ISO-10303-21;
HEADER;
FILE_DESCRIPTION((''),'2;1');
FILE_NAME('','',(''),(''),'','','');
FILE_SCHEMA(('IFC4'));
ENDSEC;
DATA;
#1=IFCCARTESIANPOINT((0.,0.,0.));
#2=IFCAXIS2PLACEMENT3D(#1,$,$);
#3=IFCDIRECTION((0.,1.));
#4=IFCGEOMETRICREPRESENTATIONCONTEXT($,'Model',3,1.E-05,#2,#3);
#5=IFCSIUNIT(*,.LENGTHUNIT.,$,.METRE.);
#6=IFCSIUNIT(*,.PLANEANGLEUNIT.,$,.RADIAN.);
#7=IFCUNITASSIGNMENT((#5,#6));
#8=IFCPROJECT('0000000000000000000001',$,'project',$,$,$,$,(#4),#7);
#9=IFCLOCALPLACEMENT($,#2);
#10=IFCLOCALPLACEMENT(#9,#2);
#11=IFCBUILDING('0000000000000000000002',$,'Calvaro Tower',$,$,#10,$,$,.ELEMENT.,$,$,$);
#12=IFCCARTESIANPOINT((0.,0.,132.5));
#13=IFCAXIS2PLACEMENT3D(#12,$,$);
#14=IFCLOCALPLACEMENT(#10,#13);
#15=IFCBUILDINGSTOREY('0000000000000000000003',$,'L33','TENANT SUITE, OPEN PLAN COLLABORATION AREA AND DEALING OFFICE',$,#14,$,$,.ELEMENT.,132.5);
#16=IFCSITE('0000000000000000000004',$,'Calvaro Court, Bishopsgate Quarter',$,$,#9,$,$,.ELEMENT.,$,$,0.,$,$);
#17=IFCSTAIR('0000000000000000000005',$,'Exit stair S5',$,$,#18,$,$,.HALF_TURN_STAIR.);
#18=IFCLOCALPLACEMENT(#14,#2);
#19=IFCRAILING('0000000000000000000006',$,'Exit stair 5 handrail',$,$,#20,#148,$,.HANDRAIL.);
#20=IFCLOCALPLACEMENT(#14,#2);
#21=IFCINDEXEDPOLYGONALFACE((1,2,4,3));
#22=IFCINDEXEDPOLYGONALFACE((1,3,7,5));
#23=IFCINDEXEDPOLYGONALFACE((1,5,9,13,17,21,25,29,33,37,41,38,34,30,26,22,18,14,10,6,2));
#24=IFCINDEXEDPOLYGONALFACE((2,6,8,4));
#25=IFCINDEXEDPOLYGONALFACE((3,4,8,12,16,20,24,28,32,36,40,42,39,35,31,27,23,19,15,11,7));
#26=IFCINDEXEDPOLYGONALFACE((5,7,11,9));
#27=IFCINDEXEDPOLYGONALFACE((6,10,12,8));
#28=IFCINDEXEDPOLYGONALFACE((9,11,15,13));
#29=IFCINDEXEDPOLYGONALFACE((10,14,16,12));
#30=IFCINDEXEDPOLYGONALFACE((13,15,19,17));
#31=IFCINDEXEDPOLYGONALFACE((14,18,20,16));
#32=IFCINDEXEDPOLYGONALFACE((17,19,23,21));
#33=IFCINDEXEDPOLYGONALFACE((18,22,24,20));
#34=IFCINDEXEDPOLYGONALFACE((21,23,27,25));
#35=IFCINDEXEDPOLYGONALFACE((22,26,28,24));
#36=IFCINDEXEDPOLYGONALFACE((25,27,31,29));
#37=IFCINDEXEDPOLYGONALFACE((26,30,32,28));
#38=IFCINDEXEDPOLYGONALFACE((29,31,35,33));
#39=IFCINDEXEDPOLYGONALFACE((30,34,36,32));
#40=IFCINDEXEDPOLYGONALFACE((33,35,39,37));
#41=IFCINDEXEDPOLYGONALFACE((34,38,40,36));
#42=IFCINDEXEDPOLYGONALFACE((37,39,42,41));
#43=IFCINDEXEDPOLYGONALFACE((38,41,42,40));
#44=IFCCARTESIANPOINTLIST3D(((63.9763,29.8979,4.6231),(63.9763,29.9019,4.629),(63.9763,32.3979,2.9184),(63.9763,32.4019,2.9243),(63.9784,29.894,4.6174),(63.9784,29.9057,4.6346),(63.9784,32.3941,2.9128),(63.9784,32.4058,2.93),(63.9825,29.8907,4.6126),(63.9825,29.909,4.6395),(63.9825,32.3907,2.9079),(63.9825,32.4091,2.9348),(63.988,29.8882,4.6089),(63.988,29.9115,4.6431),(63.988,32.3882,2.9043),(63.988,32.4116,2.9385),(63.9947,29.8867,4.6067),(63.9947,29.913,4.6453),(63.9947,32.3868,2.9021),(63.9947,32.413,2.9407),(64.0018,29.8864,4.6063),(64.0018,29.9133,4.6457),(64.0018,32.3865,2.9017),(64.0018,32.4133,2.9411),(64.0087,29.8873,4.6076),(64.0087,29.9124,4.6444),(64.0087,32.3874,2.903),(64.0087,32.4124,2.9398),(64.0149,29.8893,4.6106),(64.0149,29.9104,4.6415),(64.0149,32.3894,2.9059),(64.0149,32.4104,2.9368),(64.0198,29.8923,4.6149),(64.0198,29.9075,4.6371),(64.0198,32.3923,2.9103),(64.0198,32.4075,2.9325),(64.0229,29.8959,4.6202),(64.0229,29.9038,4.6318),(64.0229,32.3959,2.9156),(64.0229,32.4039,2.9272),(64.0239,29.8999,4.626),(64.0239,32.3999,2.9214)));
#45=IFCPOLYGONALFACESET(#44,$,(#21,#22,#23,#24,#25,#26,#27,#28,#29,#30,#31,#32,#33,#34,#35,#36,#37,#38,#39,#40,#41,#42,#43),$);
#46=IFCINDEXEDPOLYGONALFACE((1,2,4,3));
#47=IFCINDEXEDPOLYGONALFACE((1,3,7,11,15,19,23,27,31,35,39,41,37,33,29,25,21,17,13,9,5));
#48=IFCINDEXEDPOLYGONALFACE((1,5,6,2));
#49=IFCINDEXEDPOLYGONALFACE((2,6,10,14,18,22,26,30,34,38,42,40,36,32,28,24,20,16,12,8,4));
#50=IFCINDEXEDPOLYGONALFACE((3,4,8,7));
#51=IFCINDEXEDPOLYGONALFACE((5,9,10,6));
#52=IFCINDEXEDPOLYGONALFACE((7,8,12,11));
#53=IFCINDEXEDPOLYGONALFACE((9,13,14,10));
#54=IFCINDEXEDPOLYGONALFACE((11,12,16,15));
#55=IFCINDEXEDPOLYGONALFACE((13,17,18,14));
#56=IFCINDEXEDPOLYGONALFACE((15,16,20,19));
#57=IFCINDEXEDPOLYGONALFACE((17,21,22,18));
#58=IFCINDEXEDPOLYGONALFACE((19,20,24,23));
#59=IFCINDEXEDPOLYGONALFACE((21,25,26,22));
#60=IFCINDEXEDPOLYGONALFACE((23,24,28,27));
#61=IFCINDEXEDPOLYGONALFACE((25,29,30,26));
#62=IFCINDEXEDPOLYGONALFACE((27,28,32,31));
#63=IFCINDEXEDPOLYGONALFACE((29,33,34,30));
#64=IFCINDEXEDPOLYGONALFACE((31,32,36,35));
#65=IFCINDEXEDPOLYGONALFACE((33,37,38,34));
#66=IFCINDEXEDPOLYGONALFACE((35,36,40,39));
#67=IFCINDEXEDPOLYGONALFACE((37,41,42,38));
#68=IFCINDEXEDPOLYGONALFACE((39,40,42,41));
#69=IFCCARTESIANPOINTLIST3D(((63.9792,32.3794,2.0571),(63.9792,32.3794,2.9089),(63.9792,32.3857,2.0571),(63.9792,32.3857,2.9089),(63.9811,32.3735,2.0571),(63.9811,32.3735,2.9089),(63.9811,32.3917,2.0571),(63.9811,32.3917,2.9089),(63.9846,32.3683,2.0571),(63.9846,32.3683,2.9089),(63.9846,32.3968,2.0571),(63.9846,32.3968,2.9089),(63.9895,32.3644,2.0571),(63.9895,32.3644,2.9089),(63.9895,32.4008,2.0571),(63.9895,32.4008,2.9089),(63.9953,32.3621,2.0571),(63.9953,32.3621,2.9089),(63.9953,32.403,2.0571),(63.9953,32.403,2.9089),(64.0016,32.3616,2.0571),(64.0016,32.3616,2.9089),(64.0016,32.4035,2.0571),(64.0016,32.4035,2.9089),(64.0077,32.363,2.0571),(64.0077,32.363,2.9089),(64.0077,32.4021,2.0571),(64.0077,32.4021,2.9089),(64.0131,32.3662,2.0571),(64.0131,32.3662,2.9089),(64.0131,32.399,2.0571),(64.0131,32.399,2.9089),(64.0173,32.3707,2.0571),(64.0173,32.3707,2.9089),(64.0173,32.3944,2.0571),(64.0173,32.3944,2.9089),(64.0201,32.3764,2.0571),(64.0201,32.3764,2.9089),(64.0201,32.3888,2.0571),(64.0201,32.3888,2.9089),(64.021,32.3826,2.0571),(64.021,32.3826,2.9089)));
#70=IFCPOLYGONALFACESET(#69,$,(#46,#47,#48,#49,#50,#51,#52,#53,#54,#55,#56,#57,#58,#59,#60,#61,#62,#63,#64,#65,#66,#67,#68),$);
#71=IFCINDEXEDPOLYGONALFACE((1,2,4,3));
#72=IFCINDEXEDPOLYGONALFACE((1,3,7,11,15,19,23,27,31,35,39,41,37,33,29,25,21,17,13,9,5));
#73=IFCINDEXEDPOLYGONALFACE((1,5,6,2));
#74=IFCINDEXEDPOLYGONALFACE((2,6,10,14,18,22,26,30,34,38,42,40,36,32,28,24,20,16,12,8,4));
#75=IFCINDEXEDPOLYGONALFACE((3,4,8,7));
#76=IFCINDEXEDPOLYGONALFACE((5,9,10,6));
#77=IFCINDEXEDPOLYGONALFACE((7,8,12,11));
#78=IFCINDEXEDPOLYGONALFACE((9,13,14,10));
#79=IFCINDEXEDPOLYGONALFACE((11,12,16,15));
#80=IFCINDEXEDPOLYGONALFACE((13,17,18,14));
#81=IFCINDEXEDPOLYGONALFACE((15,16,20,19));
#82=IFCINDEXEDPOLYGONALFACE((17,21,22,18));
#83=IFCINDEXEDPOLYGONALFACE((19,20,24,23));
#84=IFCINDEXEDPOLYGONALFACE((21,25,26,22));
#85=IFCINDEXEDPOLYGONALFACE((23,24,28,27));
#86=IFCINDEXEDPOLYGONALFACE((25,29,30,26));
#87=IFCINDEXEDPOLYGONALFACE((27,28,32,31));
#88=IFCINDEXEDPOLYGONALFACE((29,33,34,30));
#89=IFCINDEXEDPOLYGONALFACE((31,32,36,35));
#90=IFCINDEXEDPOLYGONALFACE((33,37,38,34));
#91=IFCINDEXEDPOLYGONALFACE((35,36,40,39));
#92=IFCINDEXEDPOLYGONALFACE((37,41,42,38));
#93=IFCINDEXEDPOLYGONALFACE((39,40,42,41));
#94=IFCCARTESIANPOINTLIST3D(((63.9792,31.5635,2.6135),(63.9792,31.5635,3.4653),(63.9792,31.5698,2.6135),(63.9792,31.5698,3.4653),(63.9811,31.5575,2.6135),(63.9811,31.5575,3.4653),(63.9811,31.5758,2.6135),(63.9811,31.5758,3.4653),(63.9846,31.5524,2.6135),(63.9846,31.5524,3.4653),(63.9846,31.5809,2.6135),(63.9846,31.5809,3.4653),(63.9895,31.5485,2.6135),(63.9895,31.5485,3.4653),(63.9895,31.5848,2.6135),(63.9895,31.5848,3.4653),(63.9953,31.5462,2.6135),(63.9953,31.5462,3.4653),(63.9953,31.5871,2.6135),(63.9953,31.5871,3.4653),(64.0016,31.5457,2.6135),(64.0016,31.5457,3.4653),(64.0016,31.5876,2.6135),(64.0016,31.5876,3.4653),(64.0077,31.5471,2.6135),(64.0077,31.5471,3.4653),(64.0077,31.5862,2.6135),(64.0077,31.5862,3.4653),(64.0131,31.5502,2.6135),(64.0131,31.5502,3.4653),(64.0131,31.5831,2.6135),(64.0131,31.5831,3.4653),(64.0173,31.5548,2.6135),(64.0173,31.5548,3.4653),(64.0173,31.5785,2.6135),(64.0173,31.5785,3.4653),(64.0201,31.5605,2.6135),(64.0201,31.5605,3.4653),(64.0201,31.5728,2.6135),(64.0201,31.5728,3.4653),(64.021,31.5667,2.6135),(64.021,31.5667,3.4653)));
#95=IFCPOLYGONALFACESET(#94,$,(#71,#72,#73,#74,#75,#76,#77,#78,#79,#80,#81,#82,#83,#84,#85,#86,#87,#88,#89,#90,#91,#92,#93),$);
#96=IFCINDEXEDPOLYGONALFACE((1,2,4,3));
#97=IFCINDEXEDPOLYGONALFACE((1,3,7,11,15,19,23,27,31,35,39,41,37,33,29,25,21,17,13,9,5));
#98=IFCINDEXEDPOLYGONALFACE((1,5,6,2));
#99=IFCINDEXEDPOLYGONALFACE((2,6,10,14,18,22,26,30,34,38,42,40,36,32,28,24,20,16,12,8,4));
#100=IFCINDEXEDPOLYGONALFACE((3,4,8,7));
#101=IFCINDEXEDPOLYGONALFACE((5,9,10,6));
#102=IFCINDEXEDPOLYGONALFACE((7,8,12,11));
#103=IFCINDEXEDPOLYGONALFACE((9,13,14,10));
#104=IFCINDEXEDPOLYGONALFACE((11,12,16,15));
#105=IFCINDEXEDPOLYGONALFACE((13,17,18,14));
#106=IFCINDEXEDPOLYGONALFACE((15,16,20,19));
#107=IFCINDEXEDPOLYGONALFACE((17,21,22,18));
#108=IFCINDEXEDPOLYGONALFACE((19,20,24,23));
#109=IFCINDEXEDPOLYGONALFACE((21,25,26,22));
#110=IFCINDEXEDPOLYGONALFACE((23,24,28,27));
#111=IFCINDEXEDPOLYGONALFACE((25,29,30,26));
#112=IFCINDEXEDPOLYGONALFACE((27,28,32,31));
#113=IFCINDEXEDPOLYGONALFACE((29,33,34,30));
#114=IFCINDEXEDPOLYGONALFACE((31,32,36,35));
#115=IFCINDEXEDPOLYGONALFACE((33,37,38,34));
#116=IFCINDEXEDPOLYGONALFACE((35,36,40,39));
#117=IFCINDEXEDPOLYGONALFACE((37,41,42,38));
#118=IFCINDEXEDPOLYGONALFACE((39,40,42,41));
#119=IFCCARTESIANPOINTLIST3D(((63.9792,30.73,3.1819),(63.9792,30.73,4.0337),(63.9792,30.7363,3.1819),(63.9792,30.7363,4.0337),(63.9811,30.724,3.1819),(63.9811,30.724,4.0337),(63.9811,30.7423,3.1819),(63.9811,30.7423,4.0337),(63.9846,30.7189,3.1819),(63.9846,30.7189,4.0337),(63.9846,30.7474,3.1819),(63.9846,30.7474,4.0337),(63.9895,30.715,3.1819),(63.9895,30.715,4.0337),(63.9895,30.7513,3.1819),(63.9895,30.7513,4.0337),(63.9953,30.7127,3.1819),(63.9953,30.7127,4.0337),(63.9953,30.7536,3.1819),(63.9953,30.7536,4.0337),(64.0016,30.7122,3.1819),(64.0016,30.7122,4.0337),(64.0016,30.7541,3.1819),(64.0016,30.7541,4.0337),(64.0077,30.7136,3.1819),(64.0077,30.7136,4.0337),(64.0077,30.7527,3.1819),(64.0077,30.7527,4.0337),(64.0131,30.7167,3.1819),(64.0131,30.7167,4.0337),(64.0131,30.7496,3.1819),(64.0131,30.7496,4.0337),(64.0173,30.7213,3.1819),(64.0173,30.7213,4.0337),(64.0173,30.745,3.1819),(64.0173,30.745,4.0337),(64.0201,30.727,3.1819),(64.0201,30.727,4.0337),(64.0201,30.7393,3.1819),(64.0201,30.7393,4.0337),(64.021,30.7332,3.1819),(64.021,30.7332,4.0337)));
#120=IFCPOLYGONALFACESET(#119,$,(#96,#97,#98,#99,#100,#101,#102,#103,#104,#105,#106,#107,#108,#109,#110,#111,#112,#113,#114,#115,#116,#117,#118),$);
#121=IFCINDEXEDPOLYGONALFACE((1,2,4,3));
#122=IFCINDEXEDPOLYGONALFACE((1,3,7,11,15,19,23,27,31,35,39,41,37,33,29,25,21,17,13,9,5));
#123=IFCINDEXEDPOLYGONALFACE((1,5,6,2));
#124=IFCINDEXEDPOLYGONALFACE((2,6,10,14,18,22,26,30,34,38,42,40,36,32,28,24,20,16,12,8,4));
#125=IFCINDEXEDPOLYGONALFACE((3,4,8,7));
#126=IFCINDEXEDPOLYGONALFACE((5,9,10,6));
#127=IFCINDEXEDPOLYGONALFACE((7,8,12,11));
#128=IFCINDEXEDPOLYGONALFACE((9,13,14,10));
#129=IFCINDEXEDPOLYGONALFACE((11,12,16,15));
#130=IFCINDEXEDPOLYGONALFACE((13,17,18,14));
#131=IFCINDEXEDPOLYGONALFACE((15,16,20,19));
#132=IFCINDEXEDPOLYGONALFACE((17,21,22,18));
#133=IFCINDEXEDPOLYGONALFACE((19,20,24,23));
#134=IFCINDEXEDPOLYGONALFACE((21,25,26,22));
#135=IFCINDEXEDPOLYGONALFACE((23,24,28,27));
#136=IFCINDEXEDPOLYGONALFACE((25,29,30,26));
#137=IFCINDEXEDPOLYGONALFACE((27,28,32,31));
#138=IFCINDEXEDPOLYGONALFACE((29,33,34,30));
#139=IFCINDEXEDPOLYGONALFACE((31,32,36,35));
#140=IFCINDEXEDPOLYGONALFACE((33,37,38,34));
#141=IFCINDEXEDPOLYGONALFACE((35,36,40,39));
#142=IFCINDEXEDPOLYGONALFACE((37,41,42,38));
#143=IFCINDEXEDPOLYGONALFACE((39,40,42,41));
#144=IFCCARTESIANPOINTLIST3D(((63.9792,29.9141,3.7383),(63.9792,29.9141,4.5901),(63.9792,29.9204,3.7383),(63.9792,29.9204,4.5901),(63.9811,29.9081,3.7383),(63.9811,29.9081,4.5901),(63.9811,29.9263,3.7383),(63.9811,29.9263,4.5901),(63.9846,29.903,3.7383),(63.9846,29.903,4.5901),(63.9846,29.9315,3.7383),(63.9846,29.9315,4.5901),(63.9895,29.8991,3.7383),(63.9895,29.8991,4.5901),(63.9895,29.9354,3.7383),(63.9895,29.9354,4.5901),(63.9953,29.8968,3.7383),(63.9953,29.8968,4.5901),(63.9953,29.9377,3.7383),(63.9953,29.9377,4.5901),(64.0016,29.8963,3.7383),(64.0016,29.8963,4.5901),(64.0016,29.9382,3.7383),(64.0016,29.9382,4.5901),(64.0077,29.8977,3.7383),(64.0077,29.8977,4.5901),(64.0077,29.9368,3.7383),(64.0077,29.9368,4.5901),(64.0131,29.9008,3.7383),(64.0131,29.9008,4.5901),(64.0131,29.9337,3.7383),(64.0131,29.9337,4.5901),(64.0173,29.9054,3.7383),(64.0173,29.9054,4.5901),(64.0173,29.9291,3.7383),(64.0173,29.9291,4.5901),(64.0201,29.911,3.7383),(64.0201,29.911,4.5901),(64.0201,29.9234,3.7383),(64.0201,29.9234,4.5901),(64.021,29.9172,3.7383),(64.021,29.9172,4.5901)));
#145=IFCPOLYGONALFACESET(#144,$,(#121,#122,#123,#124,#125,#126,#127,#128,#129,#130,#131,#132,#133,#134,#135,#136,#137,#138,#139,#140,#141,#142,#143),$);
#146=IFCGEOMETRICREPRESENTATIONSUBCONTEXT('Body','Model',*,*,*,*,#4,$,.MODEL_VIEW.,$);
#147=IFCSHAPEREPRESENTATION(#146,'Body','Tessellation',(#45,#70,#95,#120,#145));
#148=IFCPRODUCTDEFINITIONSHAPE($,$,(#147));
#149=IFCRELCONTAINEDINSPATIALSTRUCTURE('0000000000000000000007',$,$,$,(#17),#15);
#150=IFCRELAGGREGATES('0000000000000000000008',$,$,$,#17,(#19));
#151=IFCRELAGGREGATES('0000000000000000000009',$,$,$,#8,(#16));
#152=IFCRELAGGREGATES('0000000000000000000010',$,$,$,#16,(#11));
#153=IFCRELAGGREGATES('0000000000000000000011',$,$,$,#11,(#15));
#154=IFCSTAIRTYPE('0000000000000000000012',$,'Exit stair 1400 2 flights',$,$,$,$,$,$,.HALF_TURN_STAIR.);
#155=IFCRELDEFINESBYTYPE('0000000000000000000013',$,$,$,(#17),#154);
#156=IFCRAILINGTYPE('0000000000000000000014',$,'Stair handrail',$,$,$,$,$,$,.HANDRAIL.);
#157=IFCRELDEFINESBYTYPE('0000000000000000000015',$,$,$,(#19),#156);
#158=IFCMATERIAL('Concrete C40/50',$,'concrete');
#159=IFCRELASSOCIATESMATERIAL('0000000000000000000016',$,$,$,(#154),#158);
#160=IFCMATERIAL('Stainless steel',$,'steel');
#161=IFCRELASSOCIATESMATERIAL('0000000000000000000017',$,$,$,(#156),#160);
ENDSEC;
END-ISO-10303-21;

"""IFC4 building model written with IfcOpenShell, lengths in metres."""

from ifc_helpers import new_model, si_unit, direction, frame, origin, origin_2d, place, context, subcontext, project, spatial, circle, extrude, material, type_object, element, aggregate, save


model = new_model("IFC4")

# Units and contexts
model_context = context("Model", 3, precision=1e-05, world=origin(), true_north=direction((0.0, 1.0)))
body_context = subcontext(model_context, "Body", "Model", "MODEL_VIEW")
ifc_project = project(units=[si_unit("LENGTHUNIT", "METRE"), si_unit("PLANEANGLEUNIT", "RADIAN")], contexts=[model_context])

# Site, building, storey
site_placement = place(None, origin())
site = spatial("IfcSite", under=ifc_project, at=site_placement, Name="Calvaro Court, Bishopsgate Quarter", CompositionType="ELEMENT", RefElevation=0.0)
building_placement = place(site_placement, origin())
building = spatial("IfcBuilding", under=site, at=building_placement, Name="Calvaro Tower", CompositionType="ELEMENT")
storey_placement = place(building_placement, frame((0.0, 0.0, 132.5)))
storey = spatial("IfcBuildingStorey", under=building, at=storey_placement, Name="L33", Description="TENANT SUITE, OPEN PLAN COLLABORATION AREA AND DEALING OFFICE", CompositionType="ELEMENT", Elevation=132.5)

# Stair
ifc_material_1 = material(Name="Concrete C40/50", Category="concrete")
stair_type = type_object("IfcStairType", Name="Exit stair 1400 2 flights", PredefinedType="HALF_TURN_STAIR", material=ifc_material_1)
stair_1_placement = place(storey_placement, origin())
stair_1 = element("IfcStair", 1, at=stair_1_placement, inside=storey, type_object=stair_type, Name="Exit stair S5", PredefinedType="HALF_TURN_STAIR")

# Shared definitions
ifc_material_2 = material(Name="Stainless steel", Category="steel")
railing_type = type_object("IfcRailingType", Name="Stair handrail", PredefinedType="HANDRAIL", material=ifc_material_2)

# Railing
railing_1_placement = place(storey_placement, frame((64.0, 32.3999, 2.0454)))
railing_1 = element("IfcRailing", 2, at=railing_1_placement, type_object=railing_type, Name="Exit stair 5 handrail", PredefinedType="HANDRAIL", context=body_context, shape_type="SweptSolid", body=[
    extrude(circle(Radius=0.0239, at=origin_2d()), frame((0.0, 0.0, 0.876), z_axis=(0.0, -0.826221, 0.563347), x_axis=(1.0, 0.0, 0.0)), (0.0, 0.0, 1.0), 3.0259),
    extrude(circle(Radius=0.021, at=origin_2d()), frame((0.0, -0.0173, 0.0117)), (0.0, 0.0, 1.0), 0.8518),
    extrude(circle(Radius=0.021, at=origin_2d()), frame((0.0, -0.8333, 0.5681)), (0.0, 0.0, 1.0), 0.8518),
    extrude(circle(Radius=0.021, at=origin_2d()), frame((0.0, -1.6667, 1.1365)), (0.0, 0.0, 1.0), 0.8518),
    extrude(circle(Radius=0.021, at=origin_2d()), frame((0.0, -2.4827, 1.6929)), (0.0, 0.0, 1.0), 0.8518),
])
aggregate(stair_1, [railing_1])

save(model, "model.ifc")
